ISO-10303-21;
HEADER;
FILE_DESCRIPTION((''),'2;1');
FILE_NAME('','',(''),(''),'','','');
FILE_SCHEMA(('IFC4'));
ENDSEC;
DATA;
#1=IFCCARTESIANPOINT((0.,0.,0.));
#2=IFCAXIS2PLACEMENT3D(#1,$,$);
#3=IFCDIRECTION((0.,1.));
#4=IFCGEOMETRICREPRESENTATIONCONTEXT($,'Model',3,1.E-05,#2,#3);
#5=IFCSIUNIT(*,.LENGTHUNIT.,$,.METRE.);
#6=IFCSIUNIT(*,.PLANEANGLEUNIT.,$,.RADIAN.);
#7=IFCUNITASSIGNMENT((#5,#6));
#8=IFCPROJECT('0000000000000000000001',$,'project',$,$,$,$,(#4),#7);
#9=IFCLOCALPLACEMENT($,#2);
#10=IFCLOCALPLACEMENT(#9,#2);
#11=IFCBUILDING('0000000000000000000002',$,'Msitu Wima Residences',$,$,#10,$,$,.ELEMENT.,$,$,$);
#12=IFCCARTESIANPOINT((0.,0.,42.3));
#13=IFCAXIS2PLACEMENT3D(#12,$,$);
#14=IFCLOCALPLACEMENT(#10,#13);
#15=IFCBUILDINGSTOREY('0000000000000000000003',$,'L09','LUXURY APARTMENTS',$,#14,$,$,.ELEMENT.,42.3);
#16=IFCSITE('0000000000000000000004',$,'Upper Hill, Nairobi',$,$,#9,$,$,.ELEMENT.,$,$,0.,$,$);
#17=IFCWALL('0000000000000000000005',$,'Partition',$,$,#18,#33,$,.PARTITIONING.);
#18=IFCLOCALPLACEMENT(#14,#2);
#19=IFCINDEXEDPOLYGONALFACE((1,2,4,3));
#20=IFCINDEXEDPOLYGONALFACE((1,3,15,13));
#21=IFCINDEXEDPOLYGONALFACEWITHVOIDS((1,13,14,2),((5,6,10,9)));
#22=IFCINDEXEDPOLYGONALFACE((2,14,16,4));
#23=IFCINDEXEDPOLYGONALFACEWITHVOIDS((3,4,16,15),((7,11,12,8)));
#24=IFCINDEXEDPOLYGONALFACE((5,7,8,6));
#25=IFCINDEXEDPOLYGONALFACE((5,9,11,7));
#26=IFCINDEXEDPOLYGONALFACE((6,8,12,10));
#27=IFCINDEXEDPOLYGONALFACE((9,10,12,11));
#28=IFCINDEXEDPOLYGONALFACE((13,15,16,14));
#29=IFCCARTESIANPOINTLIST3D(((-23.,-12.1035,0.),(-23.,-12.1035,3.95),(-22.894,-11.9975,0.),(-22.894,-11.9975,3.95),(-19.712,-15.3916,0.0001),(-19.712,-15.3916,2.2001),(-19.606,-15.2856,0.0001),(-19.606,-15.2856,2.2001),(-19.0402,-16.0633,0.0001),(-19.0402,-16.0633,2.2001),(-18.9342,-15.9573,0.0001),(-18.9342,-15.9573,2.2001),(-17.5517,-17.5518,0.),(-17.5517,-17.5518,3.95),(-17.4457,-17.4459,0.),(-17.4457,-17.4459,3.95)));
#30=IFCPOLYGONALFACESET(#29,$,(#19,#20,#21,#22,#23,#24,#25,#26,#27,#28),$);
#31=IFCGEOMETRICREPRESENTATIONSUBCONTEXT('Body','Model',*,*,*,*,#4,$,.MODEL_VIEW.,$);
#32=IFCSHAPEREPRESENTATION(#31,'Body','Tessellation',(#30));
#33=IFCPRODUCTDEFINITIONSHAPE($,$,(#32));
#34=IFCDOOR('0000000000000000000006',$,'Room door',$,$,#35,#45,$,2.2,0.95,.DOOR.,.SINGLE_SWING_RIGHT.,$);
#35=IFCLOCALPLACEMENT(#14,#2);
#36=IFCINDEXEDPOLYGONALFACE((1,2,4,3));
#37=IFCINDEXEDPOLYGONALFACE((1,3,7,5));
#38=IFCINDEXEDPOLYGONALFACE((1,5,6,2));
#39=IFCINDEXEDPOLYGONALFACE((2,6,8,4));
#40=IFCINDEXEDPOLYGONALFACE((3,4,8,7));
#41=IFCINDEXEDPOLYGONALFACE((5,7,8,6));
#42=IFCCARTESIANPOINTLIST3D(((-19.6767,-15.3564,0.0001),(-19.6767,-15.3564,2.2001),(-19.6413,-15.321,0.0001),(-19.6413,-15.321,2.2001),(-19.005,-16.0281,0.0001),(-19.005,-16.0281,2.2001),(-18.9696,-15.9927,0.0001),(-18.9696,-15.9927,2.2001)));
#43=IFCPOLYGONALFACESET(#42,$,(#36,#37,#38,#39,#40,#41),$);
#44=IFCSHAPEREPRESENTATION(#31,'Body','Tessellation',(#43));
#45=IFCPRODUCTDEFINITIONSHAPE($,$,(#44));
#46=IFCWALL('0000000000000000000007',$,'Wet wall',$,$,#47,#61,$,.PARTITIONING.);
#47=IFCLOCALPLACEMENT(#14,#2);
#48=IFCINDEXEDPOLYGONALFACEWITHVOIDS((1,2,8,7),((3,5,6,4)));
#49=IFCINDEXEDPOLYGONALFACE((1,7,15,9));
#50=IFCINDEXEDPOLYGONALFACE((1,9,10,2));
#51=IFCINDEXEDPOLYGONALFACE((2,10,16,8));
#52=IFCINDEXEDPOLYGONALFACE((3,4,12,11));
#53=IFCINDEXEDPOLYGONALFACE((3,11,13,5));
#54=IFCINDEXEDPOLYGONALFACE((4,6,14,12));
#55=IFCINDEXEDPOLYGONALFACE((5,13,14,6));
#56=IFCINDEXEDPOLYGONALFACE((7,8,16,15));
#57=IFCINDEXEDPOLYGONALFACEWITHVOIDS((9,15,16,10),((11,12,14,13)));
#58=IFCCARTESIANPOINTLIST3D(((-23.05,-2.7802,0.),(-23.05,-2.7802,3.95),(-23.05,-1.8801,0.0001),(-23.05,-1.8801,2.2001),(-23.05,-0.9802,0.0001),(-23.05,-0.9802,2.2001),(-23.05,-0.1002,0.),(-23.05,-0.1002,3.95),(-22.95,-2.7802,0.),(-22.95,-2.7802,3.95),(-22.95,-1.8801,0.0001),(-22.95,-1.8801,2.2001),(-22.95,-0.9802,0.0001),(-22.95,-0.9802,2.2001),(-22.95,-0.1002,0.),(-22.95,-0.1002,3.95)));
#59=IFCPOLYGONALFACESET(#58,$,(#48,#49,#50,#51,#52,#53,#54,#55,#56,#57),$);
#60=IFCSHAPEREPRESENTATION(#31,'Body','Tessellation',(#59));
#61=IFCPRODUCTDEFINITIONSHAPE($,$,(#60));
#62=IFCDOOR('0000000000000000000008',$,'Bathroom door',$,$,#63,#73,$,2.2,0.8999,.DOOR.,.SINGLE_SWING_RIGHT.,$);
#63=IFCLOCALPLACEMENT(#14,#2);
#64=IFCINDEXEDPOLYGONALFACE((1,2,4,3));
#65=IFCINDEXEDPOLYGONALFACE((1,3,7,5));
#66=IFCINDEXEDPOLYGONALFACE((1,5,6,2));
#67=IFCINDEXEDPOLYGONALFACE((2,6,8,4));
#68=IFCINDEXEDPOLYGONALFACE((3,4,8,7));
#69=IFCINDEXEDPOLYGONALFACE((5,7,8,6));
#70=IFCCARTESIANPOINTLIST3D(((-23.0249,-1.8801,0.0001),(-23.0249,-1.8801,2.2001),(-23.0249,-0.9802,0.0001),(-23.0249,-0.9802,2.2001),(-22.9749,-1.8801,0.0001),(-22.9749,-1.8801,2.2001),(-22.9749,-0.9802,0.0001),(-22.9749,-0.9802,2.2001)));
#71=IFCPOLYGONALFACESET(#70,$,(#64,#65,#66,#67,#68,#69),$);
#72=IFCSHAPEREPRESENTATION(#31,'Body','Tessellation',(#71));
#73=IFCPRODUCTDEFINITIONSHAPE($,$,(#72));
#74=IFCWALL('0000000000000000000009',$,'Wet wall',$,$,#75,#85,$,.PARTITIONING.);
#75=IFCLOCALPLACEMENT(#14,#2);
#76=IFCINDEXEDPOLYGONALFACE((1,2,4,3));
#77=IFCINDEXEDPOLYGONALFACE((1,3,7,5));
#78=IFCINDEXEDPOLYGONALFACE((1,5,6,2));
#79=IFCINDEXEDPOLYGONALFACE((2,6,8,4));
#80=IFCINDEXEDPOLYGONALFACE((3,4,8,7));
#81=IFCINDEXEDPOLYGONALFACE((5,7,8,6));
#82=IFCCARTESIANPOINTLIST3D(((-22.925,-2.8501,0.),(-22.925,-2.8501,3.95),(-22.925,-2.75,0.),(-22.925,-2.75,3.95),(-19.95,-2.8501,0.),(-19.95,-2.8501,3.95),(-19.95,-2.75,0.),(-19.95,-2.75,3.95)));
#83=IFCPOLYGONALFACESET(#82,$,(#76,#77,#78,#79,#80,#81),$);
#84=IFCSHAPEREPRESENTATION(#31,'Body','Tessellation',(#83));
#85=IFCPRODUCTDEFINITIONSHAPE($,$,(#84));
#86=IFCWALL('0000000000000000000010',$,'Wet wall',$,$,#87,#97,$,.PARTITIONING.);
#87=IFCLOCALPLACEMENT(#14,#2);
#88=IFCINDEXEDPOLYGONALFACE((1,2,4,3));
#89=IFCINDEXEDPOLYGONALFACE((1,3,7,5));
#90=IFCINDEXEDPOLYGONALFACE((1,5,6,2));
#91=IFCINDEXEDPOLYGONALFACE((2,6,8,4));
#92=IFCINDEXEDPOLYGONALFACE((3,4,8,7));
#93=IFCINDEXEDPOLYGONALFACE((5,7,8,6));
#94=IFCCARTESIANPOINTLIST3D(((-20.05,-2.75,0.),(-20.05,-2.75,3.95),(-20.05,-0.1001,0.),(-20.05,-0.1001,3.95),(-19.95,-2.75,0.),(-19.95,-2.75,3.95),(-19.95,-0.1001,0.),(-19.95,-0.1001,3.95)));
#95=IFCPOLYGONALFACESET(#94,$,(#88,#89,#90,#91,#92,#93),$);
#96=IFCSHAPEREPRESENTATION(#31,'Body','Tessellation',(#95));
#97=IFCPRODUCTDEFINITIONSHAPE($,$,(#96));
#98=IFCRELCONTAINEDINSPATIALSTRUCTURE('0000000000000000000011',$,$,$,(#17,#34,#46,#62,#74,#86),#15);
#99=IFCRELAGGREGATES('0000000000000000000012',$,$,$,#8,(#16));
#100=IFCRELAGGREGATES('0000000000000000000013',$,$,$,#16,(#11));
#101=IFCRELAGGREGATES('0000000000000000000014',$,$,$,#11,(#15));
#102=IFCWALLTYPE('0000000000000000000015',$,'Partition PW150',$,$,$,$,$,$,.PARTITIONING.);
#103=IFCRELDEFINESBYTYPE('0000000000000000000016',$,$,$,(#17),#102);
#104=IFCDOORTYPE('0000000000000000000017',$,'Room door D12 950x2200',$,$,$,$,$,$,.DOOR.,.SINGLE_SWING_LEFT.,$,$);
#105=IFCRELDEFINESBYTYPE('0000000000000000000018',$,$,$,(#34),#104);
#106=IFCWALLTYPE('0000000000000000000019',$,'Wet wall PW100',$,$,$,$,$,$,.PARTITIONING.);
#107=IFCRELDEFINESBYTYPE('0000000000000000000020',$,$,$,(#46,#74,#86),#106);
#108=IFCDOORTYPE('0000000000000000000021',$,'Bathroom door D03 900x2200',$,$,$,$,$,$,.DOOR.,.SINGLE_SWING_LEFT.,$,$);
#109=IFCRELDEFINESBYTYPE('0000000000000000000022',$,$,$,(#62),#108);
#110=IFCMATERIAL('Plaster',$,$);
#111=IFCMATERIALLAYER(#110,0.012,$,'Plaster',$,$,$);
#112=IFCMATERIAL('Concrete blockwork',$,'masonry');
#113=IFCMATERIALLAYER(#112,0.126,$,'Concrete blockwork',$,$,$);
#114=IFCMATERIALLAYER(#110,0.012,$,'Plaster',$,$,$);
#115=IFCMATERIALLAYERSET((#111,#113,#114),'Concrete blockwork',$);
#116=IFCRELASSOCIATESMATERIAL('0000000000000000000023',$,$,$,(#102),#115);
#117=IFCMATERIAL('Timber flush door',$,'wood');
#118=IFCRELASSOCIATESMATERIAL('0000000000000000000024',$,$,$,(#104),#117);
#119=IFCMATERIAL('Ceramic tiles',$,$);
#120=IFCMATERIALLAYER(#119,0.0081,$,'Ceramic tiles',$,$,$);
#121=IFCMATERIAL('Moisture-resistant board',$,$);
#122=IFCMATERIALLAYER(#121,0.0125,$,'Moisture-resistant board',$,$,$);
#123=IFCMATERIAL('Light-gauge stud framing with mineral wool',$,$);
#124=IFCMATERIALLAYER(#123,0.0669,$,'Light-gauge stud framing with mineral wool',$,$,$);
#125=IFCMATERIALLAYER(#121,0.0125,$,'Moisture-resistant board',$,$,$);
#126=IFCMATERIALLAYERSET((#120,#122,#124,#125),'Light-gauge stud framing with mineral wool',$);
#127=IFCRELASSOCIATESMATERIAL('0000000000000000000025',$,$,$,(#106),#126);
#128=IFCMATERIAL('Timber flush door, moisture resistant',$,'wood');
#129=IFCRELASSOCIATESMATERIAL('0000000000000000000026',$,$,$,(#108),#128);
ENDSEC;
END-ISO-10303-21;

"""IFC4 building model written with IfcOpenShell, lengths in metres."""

from ifc_helpers import new_model, si_unit, direction, frame, frame_2d, origin, place, context, subcontext, project, spatial, rectangle, extrude, material, layer, layer_set, type_object, element, fill, save


model = new_model("IFC4")

# Units and contexts
model_context = context("Model", 3, precision=1e-05, world=origin(), true_north=direction((0.0, 1.0)))
body_context = subcontext(model_context, "Body", "Model", "MODEL_VIEW")
ifc_project = project(units=[si_unit("LENGTHUNIT", "METRE"), si_unit("PLANEANGLEUNIT", "RADIAN")], contexts=[model_context])

# Site, building, storey
site_placement = place(None, origin())
site = spatial("IfcSite", under=ifc_project, at=site_placement, Name="Upper Hill, Nairobi", CompositionType="ELEMENT", RefElevation=0.0)
building_placement = place(site_placement, origin())
building = spatial("IfcBuilding", under=site, at=building_placement, Name="Msitu Wima Residences", CompositionType="ELEMENT")
storey_placement = place(building_placement, frame((0.0, 0.0, 42.3)))
storey = spatial("IfcBuildingStorey", under=building, at=storey_placement, Name="L09", Description="LUXURY APARTMENTS", CompositionType="ELEMENT", Elevation=42.3)

# Shared definitions
ifc_material_1 = material(Name="Plaster")
ifc_material_2 = material(Name="Concrete blockwork", Category="masonry")

# Shared definitions
ifc_layer_1 = layer(ifc_material_1, 0.012, Name="Plaster")
ifc_layer_2 = layer(ifc_material_2, 0.126, Name="Concrete blockwork")
ifc_layer_3 = layer(ifc_material_1, 0.012, Name="Plaster")
ifc_layer_set_1 = layer_set([ifc_layer_1, ifc_layer_2, ifc_layer_3], Name="Concrete blockwork")
wall_type_1 = type_object("IfcWallType", Name="Partition PW150", PredefinedType="PARTITIONING", material=ifc_layer_set_1)

# Shared definitions
ifc_material_3 = material(Name="Timber flush door", Category="wood")
door_type_1 = type_object("IfcDoorType", Name="Room door D12 950x2200", OperationType="SINGLE_SWING_LEFT", PredefinedType="DOOR", material=ifc_material_3)

# Walls, openings, doors
wall_1_placement = place(storey_placement, frame((-22.947, -12.0505, 0.0), z_axis=(0.0, 0.0, 1.0), x_axis=(0.707107, -0.707107, 0.0)))
wall_1 = element("IfcWall", 1, at=wall_1_placement, inside=storey, type_object=wall_type_1, Name="Partition", PredefinedType="PARTITIONING", context=body_context, shape_type="SweptSolid", body=[
    extrude(rectangle(XDim=7.7051, YDim=0.1499, at=frame_2d((3.8525, 0.0))), origin(), (0.0, 0.0, 1.0), 3.95),
])
opening_1_placement = place(wall_1_placement, frame((4.6499, 0.0, 0.0)))
opening_1 = element("IfcOpeningElement", 2, at=opening_1_placement, cuts=wall_1, PredefinedType="OPENING", context=body_context, shape_type="SweptSolid", body=[
    extrude(rectangle(XDim=0.95, YDim=2.2, at=frame_2d((0.4751, 1.1001))), frame((0.0, 0.085, 0.0), z_axis=(0.0, -1.0, 0.0), x_axis=(1.0, 0.0, 0.0)), (0.0, 0.0, 1.0), 0.1699),
])
door_1_placement = place(opening_1_placement, origin())
door_1 = element("IfcDoor", 3, at=door_1_placement, inside=storey, type_object=door_type_1, Name="Room door", OperationType="SINGLE_SWING_RIGHT", OverallHeight=2.2, OverallWidth=0.95, PredefinedType="DOOR", context=body_context, shape_type="SweptSolid", body=[
    extrude(rectangle(XDim=0.95, YDim=2.2, at=frame_2d((0.4751, 1.1001))), frame((0.0, 0.0249, 0.0), z_axis=(0.0, -1.0, 0.0), x_axis=(1.0, 0.0, 0.0)), (0.0, 0.0, 1.0), 0.05),
])
fill(opening_1, door_1)
ifc_material_4 = material(Name="Ceramic tiles")
ifc_layer_4 = layer(ifc_material_4, 0.0081, Name="Ceramic tiles")
ifc_material_5 = material(Name="Moisture-resistant board")
ifc_layer_5 = layer(ifc_material_5, 0.0125, Name="Moisture-resistant board")
ifc_material_6 = material(Name="Light-gauge stud framing with mineral wool")
ifc_layer_6 = layer(ifc_material_6, 0.0669, Name="Light-gauge stud framing with mineral wool")
ifc_layer_7 = layer(ifc_material_5, 0.0125, Name="Moisture-resistant board")
ifc_layer_set_2 = layer_set([ifc_layer_4, ifc_layer_5, ifc_layer_6, ifc_layer_7], Name="Light-gauge stud framing with mineral wool")
wall_type_2 = type_object("IfcWallType", Name="Wet wall PW100", PredefinedType="PARTITIONING", material=ifc_layer_set_2)
wall_2_placement = place(storey_placement, frame((-23.0, -2.78, 0.0), z_axis=(0.0, 0.0, 1.0), x_axis=(0.0, 1.0, 0.0)))
wall_2 = element("IfcWall", 4, at=wall_2_placement, inside=storey, type_object=wall_type_2, Name="Wet wall", PredefinedType="PARTITIONING", context=body_context, shape_type="SweptSolid", body=[
    extrude(rectangle(XDim=2.6799, YDim=0.1001, at=frame_2d((1.3398, 0.0))), origin(), (0.0, 0.0, 1.0), 3.95),
])
opening_2_placement = place(wall_2_placement, frame((0.8999, 0.0, 0.0)))
opening_2 = element("IfcOpeningElement", 5, at=opening_2_placement, cuts=wall_2, PredefinedType="OPENING", context=body_context, shape_type="SweptSolid", body=[
    extrude(rectangle(XDim=0.8999, YDim=2.2, at=frame_2d((0.45, 1.1001))), frame((0.0, 0.0601, 0.0), z_axis=(0.0, -1.0, 0.0), x_axis=(1.0, 0.0, 0.0)), (0.0, 0.0, 1.0), 0.1201),
])
ifc_material_7 = material(Name="Timber flush door, moisture resistant", Category="wood")
door_type_2 = type_object("IfcDoorType", Name="Bathroom door D03 900x2200", OperationType="SINGLE_SWING_LEFT", PredefinedType="DOOR", material=ifc_material_7)
door_2_placement = place(opening_2_placement, origin())
door_2 = element("IfcDoor", 6, at=door_2_placement, inside=storey, type_object=door_type_2, Name="Bathroom door", OperationType="SINGLE_SWING_RIGHT", OverallHeight=2.2, OverallWidth=0.8999, PredefinedType="DOOR", context=body_context, shape_type="SweptSolid", body=[
    extrude(rectangle(XDim=0.8999, YDim=2.2, at=frame_2d((0.45, 1.1001))), frame((0.0, 0.0249, 0.0), z_axis=(0.0, -1.0, 0.0), x_axis=(1.0, 0.0, 0.0)), (0.0, 0.0, 1.0), 0.05),
])
fill(opening_2, door_2)

# Walls
wall_3_placement = place(storey_placement, frame((-22.925, -2.8, 0.0), z_axis=(0.0, 0.0, 1.0), x_axis=(1.0, 0.0, 0.0)))
element("IfcWall", 7, at=wall_3_placement, inside=storey, type_object=wall_type_2, Name="Wet wall", PredefinedType="PARTITIONING", context=body_context, shape_type="SweptSolid", body=[
    extrude(rectangle(XDim=2.9751, YDim=0.1001, at=frame_2d((1.4875, 0.0))), origin(), (0.0, 0.0, 1.0), 3.95),
])
wall_4_placement = place(storey_placement, frame((-20.0, -2.75, 0.0), z_axis=(0.0, 0.0, 1.0), x_axis=(0.0, 1.0, 0.0)))
element("IfcWall", 8, at=wall_4_placement, inside=storey, type_object=wall_type_2, Name="Wet wall", PredefinedType="PARTITIONING", context=body_context, shape_type="SweptSolid", body=[
    extrude(rectangle(XDim=2.6499, YDim=0.1001, at=frame_2d((1.325, 0.0))), origin(), (0.0, 0.0, 1.0), 3.95),
])

save(model, "model.ifc")
